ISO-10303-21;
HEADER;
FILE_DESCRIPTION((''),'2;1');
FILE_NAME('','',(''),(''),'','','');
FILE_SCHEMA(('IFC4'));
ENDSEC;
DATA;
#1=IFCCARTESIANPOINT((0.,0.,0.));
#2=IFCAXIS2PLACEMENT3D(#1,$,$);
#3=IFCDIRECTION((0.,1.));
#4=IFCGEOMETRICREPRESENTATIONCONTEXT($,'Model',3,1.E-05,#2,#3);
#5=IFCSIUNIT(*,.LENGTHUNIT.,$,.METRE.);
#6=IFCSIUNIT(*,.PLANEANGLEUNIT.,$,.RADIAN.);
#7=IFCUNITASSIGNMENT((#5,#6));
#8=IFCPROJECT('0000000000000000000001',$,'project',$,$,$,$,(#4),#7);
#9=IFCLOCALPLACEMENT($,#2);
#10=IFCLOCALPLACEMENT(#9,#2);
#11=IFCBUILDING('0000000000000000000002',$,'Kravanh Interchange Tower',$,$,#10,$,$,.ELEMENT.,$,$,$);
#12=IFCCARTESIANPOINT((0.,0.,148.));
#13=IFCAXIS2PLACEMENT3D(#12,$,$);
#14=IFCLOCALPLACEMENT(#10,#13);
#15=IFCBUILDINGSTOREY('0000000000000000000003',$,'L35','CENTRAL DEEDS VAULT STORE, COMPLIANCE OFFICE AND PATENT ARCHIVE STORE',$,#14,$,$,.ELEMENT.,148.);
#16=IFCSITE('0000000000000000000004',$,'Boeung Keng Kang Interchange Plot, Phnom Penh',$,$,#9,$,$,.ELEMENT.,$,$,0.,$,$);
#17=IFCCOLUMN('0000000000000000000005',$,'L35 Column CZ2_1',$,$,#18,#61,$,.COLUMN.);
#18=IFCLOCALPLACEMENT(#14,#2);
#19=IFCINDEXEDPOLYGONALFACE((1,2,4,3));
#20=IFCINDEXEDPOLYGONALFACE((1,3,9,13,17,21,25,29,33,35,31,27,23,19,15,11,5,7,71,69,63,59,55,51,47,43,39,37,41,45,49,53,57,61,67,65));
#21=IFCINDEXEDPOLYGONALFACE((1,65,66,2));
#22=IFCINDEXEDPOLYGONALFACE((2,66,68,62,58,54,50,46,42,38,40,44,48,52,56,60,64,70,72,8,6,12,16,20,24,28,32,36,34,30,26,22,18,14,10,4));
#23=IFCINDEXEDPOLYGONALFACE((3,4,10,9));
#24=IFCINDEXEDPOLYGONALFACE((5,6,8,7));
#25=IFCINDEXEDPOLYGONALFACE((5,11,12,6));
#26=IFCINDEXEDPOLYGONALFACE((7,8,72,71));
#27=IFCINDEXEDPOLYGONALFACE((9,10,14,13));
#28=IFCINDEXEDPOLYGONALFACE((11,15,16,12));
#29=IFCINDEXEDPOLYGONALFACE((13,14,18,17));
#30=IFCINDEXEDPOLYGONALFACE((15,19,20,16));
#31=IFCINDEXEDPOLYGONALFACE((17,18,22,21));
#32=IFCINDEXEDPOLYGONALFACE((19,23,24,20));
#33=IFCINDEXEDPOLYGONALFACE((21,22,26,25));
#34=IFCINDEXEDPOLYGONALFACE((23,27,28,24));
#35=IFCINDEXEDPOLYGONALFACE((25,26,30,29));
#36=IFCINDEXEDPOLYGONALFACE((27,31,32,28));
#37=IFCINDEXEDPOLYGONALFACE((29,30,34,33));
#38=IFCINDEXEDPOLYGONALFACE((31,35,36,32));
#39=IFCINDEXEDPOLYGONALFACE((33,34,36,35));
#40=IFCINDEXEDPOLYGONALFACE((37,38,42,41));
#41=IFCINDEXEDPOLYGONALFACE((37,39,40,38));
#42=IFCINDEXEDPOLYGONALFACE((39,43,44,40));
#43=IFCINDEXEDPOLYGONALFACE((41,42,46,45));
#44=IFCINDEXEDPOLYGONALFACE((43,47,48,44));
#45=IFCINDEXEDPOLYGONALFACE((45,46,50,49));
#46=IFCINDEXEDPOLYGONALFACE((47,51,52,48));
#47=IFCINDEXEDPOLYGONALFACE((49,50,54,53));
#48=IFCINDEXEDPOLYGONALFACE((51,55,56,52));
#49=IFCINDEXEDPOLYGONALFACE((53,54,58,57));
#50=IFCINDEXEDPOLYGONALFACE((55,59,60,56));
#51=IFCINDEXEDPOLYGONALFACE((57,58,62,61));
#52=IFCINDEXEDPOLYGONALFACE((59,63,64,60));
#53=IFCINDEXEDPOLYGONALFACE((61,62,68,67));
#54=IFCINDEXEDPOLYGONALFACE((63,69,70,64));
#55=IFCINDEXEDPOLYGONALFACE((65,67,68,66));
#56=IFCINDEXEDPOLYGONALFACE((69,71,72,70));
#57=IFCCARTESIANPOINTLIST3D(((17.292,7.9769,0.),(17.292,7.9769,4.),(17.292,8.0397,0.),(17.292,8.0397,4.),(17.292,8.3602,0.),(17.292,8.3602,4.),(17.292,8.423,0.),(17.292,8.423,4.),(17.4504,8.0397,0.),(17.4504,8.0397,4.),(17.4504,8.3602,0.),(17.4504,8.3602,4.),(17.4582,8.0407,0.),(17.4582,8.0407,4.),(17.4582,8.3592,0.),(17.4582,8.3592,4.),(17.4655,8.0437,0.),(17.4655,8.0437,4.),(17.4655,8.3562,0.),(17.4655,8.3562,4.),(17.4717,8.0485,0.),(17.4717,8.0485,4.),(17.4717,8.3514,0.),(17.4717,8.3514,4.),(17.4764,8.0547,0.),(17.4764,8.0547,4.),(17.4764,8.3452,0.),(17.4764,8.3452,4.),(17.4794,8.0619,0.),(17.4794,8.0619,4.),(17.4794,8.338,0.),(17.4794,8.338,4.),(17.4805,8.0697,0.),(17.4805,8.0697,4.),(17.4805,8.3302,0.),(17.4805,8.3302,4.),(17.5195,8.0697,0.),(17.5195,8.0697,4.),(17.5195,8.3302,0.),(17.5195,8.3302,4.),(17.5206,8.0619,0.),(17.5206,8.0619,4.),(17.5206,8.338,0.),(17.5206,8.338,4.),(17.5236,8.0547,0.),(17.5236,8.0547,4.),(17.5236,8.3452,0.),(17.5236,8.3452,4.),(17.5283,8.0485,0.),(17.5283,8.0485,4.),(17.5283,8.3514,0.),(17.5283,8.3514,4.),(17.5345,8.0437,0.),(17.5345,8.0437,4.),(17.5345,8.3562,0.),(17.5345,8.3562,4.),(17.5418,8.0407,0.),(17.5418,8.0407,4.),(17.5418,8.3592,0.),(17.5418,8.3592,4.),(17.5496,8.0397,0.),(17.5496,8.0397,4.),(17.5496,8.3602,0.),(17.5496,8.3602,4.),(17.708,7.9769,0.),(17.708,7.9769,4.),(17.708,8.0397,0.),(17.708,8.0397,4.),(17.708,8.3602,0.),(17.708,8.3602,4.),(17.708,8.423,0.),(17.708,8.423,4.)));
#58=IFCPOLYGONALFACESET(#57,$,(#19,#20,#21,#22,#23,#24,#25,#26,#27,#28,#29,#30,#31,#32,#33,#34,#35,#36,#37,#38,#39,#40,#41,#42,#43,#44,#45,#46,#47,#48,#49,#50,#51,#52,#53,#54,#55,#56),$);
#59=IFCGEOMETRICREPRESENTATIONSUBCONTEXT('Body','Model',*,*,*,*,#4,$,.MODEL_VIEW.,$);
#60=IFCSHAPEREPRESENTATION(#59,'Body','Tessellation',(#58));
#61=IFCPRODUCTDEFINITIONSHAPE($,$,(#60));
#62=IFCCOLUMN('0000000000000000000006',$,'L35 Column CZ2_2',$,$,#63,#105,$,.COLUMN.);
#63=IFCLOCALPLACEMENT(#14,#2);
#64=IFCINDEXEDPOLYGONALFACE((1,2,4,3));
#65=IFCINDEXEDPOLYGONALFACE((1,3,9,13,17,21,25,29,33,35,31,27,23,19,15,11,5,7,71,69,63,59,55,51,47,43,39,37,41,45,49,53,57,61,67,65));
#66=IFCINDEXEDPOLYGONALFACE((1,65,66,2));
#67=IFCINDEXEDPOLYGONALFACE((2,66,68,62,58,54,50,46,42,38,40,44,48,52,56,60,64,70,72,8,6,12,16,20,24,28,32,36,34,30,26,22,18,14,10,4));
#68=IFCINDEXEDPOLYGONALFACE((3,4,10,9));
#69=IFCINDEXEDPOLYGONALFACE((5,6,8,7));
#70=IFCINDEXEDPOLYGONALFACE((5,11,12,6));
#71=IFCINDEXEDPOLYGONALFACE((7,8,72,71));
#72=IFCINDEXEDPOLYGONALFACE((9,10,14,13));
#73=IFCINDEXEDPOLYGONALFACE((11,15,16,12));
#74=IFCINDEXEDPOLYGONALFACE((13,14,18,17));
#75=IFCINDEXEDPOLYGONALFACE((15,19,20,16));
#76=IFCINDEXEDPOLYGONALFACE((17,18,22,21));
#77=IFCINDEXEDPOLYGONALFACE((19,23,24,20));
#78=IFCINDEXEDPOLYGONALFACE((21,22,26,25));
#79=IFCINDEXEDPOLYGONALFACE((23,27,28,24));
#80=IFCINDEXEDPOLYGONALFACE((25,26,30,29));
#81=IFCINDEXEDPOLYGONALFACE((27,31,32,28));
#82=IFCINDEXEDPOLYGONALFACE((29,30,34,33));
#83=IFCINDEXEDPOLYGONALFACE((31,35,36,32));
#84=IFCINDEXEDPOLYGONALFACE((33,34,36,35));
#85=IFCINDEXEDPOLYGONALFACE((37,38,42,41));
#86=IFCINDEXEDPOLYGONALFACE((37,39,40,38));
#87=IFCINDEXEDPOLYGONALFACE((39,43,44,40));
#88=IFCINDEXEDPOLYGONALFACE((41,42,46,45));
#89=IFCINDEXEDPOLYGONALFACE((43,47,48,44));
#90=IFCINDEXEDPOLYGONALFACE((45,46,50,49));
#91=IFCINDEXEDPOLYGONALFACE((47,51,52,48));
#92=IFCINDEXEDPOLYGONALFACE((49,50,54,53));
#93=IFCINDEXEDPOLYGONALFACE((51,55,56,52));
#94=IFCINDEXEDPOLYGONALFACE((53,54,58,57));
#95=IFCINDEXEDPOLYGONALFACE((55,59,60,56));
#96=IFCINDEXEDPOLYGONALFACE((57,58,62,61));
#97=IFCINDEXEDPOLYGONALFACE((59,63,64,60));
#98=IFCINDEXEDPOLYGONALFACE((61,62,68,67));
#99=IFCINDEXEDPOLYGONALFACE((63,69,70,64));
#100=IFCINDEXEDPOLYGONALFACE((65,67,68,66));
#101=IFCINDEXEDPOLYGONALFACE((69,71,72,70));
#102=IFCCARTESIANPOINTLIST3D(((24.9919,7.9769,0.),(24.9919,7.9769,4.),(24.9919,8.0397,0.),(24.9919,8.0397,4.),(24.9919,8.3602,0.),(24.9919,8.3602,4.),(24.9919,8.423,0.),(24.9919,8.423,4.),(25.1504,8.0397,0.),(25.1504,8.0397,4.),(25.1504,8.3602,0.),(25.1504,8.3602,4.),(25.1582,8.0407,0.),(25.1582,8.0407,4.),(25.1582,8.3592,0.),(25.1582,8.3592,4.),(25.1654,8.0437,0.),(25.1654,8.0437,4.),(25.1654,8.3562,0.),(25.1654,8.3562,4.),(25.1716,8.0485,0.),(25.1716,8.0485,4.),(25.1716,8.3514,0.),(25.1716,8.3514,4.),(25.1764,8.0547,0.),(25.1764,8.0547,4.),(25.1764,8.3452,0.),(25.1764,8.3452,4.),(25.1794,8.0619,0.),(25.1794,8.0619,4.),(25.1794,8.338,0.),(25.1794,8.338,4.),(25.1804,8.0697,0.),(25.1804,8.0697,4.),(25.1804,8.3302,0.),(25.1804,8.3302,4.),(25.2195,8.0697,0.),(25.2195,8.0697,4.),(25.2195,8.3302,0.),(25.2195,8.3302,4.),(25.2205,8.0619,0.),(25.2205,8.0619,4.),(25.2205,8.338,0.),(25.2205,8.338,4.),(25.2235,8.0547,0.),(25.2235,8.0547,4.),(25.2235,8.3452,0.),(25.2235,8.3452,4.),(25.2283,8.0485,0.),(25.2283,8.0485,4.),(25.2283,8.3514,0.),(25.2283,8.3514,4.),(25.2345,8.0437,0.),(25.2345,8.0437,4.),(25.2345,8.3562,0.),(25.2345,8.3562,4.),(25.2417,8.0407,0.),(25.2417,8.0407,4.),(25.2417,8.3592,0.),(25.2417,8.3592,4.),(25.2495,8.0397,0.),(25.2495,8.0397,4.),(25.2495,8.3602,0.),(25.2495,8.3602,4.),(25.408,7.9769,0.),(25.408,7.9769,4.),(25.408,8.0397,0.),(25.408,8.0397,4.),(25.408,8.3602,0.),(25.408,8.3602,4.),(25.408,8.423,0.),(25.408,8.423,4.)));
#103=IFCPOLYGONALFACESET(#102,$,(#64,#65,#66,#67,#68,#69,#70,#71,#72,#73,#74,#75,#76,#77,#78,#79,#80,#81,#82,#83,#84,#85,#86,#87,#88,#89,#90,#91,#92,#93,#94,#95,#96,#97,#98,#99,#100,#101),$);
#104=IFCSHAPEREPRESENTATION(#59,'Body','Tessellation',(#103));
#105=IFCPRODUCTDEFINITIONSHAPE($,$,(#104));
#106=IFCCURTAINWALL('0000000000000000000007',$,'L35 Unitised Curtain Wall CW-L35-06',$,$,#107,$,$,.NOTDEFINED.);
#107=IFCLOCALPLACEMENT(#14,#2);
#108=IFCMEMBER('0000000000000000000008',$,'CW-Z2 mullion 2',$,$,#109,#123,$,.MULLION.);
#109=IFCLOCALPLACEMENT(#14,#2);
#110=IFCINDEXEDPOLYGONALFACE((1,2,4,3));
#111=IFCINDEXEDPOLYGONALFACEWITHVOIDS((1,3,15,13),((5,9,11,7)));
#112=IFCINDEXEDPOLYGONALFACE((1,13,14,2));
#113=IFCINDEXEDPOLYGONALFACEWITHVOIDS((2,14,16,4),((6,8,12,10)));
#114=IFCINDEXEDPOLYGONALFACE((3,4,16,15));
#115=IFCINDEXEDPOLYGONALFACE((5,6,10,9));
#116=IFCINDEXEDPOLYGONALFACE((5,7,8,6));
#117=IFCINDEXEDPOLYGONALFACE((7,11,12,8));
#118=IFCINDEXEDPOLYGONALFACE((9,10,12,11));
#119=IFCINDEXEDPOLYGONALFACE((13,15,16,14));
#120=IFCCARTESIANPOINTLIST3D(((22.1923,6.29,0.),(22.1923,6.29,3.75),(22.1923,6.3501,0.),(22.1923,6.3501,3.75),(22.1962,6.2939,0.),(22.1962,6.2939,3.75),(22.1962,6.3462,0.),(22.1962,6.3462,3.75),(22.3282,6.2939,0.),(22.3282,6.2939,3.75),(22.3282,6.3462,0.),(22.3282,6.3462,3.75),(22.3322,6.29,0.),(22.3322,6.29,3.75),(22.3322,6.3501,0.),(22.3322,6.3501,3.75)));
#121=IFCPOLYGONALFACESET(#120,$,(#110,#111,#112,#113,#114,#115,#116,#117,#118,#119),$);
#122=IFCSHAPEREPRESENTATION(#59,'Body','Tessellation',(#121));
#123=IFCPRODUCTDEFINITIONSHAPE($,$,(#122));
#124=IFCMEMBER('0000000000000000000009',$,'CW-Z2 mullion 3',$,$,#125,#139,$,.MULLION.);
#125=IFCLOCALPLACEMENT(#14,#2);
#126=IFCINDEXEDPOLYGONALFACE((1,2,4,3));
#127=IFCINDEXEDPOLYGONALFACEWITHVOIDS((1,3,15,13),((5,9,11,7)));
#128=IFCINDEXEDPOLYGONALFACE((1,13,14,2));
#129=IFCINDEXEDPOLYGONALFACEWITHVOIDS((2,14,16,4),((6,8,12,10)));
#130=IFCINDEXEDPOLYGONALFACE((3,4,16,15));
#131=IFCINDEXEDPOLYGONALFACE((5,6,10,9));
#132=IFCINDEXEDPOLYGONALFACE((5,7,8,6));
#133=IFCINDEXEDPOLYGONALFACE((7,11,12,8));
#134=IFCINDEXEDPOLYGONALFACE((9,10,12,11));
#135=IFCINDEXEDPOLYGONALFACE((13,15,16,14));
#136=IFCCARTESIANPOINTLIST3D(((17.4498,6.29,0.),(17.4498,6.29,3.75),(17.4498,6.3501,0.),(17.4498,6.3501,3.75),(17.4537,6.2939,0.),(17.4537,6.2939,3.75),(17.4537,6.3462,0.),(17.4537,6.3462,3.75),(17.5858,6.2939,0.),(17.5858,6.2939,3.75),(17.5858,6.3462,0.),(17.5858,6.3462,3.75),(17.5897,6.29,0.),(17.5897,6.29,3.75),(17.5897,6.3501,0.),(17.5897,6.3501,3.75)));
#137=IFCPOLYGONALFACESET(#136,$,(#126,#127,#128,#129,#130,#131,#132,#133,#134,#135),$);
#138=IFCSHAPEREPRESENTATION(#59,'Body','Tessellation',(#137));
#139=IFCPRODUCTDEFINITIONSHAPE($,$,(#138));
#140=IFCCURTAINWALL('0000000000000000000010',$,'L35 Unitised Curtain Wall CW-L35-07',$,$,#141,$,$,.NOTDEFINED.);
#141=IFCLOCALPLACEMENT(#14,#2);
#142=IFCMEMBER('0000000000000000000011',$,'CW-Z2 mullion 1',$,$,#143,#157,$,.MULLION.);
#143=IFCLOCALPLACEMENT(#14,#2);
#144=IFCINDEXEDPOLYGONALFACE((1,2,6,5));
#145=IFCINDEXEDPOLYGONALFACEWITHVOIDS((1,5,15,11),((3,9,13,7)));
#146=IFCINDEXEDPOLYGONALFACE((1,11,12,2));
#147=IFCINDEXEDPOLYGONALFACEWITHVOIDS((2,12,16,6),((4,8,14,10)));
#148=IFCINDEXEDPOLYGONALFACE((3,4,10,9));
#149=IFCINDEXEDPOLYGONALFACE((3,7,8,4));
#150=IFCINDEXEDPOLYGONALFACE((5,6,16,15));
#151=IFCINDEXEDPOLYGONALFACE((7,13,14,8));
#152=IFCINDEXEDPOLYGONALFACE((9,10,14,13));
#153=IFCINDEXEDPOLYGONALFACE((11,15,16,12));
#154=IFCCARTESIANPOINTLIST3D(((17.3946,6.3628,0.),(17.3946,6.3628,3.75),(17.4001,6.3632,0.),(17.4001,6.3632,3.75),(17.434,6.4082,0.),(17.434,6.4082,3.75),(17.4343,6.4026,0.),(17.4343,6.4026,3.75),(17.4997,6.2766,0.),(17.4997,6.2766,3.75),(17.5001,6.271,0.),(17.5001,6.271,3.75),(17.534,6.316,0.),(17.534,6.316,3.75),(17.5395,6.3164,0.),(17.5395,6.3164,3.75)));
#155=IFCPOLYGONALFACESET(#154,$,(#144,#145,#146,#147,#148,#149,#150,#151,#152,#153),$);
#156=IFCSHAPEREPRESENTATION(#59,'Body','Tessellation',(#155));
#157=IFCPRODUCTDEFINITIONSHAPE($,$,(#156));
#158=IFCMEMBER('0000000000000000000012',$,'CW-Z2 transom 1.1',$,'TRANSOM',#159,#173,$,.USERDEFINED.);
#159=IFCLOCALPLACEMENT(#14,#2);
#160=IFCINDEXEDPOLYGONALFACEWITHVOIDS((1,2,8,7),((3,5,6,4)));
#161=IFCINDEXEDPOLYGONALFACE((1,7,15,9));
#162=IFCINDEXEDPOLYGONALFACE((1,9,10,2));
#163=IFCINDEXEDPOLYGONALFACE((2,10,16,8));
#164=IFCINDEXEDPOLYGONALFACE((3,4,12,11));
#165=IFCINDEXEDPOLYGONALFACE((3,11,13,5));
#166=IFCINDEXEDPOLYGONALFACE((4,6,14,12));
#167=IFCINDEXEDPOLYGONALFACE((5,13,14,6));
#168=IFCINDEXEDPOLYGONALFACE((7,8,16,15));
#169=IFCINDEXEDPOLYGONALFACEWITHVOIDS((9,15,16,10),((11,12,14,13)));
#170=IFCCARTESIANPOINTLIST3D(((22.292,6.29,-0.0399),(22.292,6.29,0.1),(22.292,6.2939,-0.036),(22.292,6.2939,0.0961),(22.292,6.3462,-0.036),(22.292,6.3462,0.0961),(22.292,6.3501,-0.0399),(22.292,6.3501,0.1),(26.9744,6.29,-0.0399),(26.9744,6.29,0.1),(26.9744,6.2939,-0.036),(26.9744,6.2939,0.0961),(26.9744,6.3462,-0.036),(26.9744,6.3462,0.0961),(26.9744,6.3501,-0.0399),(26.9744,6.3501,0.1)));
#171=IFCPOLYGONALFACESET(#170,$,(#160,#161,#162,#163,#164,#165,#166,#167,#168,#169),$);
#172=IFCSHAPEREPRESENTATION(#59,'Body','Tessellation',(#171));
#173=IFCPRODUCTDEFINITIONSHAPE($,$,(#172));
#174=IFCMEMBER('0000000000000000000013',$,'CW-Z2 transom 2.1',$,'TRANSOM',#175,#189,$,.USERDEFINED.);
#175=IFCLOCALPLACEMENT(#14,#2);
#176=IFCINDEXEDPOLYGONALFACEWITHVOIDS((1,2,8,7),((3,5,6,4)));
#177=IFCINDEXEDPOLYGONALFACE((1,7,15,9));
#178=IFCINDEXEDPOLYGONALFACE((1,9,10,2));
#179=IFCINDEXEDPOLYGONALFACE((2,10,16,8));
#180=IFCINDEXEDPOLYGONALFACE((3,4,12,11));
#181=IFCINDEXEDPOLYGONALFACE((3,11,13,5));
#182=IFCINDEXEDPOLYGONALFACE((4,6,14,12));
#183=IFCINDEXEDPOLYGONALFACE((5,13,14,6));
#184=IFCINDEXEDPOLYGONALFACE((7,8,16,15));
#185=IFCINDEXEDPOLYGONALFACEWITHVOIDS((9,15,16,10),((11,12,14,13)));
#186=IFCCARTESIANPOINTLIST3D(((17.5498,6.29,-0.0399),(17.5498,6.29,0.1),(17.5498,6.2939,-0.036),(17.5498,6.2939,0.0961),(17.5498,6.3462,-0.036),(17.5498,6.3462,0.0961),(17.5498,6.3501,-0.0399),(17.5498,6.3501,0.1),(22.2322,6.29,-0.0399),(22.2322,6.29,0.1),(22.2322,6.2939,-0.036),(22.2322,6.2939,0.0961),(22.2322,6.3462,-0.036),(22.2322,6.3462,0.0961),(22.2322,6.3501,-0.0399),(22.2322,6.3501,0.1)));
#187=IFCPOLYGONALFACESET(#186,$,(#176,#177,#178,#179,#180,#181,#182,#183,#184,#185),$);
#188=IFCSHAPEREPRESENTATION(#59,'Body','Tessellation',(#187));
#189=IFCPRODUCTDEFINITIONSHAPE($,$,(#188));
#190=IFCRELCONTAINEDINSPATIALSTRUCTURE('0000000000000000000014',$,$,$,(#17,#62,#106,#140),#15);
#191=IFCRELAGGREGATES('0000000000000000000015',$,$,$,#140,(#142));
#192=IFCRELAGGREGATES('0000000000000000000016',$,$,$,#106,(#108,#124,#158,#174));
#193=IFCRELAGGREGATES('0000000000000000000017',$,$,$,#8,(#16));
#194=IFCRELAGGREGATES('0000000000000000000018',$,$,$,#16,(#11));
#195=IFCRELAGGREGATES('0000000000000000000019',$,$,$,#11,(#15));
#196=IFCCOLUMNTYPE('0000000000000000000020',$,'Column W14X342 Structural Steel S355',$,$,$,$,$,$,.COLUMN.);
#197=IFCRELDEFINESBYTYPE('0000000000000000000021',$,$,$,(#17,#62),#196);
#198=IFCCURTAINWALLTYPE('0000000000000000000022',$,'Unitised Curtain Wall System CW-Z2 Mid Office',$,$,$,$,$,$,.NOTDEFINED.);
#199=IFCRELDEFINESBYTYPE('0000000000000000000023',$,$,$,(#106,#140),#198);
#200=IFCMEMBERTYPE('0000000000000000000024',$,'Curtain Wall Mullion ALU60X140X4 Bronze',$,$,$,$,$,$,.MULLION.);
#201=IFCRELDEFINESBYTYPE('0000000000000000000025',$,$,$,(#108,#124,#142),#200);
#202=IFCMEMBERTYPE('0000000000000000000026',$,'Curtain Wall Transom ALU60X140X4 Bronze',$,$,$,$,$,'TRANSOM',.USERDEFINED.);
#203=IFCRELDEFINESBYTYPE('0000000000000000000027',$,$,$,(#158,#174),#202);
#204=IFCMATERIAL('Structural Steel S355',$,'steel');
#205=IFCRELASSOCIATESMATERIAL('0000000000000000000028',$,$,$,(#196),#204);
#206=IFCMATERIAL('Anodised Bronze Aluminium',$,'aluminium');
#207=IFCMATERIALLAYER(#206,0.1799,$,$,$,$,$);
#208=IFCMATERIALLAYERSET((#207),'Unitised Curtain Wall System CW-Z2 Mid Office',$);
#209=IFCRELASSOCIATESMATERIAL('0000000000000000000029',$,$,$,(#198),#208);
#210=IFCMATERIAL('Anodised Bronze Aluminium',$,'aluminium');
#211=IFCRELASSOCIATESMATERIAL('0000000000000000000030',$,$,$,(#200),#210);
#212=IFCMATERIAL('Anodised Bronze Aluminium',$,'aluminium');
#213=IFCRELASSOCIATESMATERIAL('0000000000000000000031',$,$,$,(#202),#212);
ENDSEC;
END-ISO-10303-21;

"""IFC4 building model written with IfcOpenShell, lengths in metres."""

from ifc_helpers import new_model, si_unit, direction, frame, origin, origin_2d, place, context, subcontext, project, spatial, hollow_rectangle, i_section, extrude, material, layer, layer_set, material_profile, profile_set, type_object, element, aggregate, save


model = new_model("IFC4")

# Units and contexts
model_context = context("Model", 3, precision=1e-05, world=origin(), true_north=direction((0.0, 1.0)))
body_context = subcontext(model_context, "Body", "Model", "MODEL_VIEW")
ifc_project = project(units=[si_unit("LENGTHUNIT", "METRE"), si_unit("PLANEANGLEUNIT", "RADIAN")], contexts=[model_context])

# Site, building, storey
site_placement = place(None, origin())
site = spatial("IfcSite", under=ifc_project, at=site_placement, Name="Boeung Keng Kang Interchange Plot, Phnom Penh", CompositionType="ELEMENT", RefElevation=0.0)
building_placement = place(site_placement, origin())
building = spatial("IfcBuilding", under=site, at=building_placement, Name="Kravanh Interchange Tower", CompositionType="ELEMENT")
storey_placement = place(building_placement, frame((0.0, 0.0, 148.0)))
storey = spatial("IfcBuildingStorey", under=building, at=storey_placement, Name="L35", Description="CENTRAL DEEDS VAULT STORE, COMPLIANCE OFFICE AND PATENT ARCHIVE STORE", CompositionType="ELEMENT", Elevation=148.0)

# Columns
ifc_material_1 = material(Name="Structural Steel S355", Category="steel")
ifc_material_profile_1 = material_profile(ifc_material_1, i_section(OverallWidth=0.416, OverallDepth=0.446, WebThickness=0.0391, FlangeThickness=0.0627, FilletRadius=0.03, at=origin_2d()), Name="W14X342")
ifc_profile_set_1 = profile_set([ifc_material_profile_1], Name="Structural Steel S355")
column_type = type_object("IfcColumnType", Name="Column W14X342 Structural Steel S355", PredefinedType="COLUMN", material=ifc_profile_set_1)
for number, where, z_axis, x_axis, name in (
    (1, (17.5, 8.2, 0.0), (0.0, 0.0, 1.0), (1.0, 0.0, 0.0), "L35 Column CZ2_1"),
    (2, (25.2, 8.2, 0.0), (0.0, 0.0, 1.0), (1.0, 0.0, 0.0), "L35 Column CZ2_2"),
):
    element("IfcColumn", number, at=place(storey_placement, frame(where, z_axis=z_axis, x_axis=x_axis)), inside=storey, type_object=column_type, Name=name, PredefinedType="COLUMN", context=body_context, shape_type="SweptSolid", body=[
        extrude(i_section(OverallWidth=0.416, OverallDepth=0.446, WebThickness=0.0391, FlangeThickness=0.0627, FilletRadius=0.03, at=origin_2d()), origin(), (0.0, 0.0, 1.0), 4.0),
    ])

# Curtain wall, members
ifc_material_2 = material(Name="Anodised Bronze Aluminium", Category="aluminium")
ifc_layer_1 = layer(ifc_material_2, 0.1799)
ifc_layer_set_1 = layer_set([ifc_layer_1], Name="Unitised Curtain Wall System CW-Z2 Mid Office")
curtain_wall_type = type_object("IfcCurtainWallType", Name="Unitised Curtain Wall System CW-Z2 Mid Office", PredefinedType="NOTDEFINED", material=ifc_layer_set_1)
curtain_wall_1_placement = place(storey_placement, origin())
curtain_wall_1 = element("IfcCurtainWall", 3, at=curtain_wall_1_placement, inside=storey, type_object=curtain_wall_type, Name="L35 Unitised Curtain Wall CW-L35-06", PredefinedType="NOTDEFINED")
ifc_material_3 = material(Name="Anodised Bronze Aluminium", Category="aluminium")
ifc_material_profile_2 = material_profile(ifc_material_3, hollow_rectangle(XDim=0.0601, YDim=0.1399, WallThickness=0.0039, at=origin_2d()), Name="ALU60X140X4")
ifc_profile_set_2 = profile_set([ifc_material_profile_2], Name="Anodised Bronze Aluminium")
member_type_1 = type_object("IfcMemberType", Name="Curtain Wall Mullion ALU60X140X4 Bronze", PredefinedType="MULLION", material=ifc_profile_set_2)
member_1_placement = place(storey_placement, frame((22.2622, 6.3201, 0.0), z_axis=(0.0, 0.0, 1.0), x_axis=(0.0, -1.0, 0.0)))
member_1 = element("IfcMember", 4, at=member_1_placement, type_object=member_type_1, Name="CW-Z2 mullion 2", PredefinedType="MULLION", context=body_context, shape_type="SweptSolid", body=[
    extrude(hollow_rectangle(XDim=0.0601, YDim=0.1399, WallThickness=0.0039, at=origin_2d()), origin(), (0.0, 0.0, 1.0), 3.75),
])
member_2_placement = place(storey_placement, frame((17.5198, 6.3201, 0.0), z_axis=(0.0, 0.0, 1.0), x_axis=(0.0, -1.0, 0.0)))
member_2 = element("IfcMember", 5, at=member_2_placement, type_object=member_type_1, Name="CW-Z2 mullion 3", PredefinedType="MULLION", context=body_context, shape_type="SweptSolid", body=[
    extrude(hollow_rectangle(XDim=0.0601, YDim=0.1399, WallThickness=0.0039, at=origin_2d()), origin(), (0.0, 0.0, 1.0), 3.75),
])

# Curtain wall, member
curtain_wall_2_placement = place(storey_placement, origin())
curtain_wall_2 = element("IfcCurtainWall", 6, at=curtain_wall_2_placement, inside=storey, type_object=curtain_wall_type, Name="L35 Unitised Curtain Wall CW-L35-07", PredefinedType="NOTDEFINED")
member_3_placement = place(storey_placement, frame((17.467, 6.3396, 0.0), z_axis=(0.0, 0.0, 1.0), x_axis=(-0.656048, -0.754719, 0.0)))
member_3 = element("IfcMember", 7, at=member_3_placement, type_object=member_type_1, Name="CW-Z2 mullion 1", PredefinedType="MULLION", context=body_context, shape_type="SweptSolid", body=[
    extrude(hollow_rectangle(XDim=0.0601, YDim=0.1399, WallThickness=0.0039, at=origin_2d()), origin(), (0.0, 0.0, 1.0), 3.75),
])
aggregate(curtain_wall_2, [member_3])

# Members
ifc_material_4 = material(Name="Anodised Bronze Aluminium", Category="aluminium")
ifc_material_profile_3 = material_profile(ifc_material_4, hollow_rectangle(XDim=0.0601, YDim=0.1399, WallThickness=0.0039, at=origin_2d()), Name="ALU60X140X4")
ifc_profile_set_3 = profile_set([ifc_material_profile_3], Name="Anodised Bronze Aluminium")
member_type_2 = type_object("IfcMemberType", Name="Curtain Wall Transom ALU60X140X4 Bronze", ElementType="TRANSOM", PredefinedType="USERDEFINED", material=ifc_profile_set_3)
member_4_placement = place(storey_placement, frame((26.9744, 6.3201, 0.03), z_axis=(-1.0, 0.0, 0.0), x_axis=(0.0, -1.0, 0.0)))
member_4 = element("IfcMember", 8, at=member_4_placement, type_object=member_type_2, Name="CW-Z2 transom 1.1", ObjectType="TRANSOM", PredefinedType="USERDEFINED", context=body_context, shape_type="SweptSolid", body=[
    extrude(hollow_rectangle(XDim=0.0601, YDim=0.1399, WallThickness=0.0039, at=origin_2d()), origin(), (0.0, 0.0, 1.0), 4.6824),
])
member_5_placement = place(storey_placement, frame((22.2322, 6.3201, 0.03), z_axis=(-1.0, 0.0, 0.0), x_axis=(0.0, -1.0, 0.0)))
member_5 = element("IfcMember", 9, at=member_5_placement, type_object=member_type_2, Name="CW-Z2 transom 2.1", ObjectType="TRANSOM", PredefinedType="USERDEFINED", context=body_context, shape_type="SweptSolid", body=[
    extrude(hollow_rectangle(XDim=0.0601, YDim=0.1399, WallThickness=0.0039, at=origin_2d()), origin(), (0.0, 0.0, 1.0), 4.6824),
])

aggregate(curtain_wall_1, [member_1, member_2, member_4, member_5])

save(model, "model.ifc")
